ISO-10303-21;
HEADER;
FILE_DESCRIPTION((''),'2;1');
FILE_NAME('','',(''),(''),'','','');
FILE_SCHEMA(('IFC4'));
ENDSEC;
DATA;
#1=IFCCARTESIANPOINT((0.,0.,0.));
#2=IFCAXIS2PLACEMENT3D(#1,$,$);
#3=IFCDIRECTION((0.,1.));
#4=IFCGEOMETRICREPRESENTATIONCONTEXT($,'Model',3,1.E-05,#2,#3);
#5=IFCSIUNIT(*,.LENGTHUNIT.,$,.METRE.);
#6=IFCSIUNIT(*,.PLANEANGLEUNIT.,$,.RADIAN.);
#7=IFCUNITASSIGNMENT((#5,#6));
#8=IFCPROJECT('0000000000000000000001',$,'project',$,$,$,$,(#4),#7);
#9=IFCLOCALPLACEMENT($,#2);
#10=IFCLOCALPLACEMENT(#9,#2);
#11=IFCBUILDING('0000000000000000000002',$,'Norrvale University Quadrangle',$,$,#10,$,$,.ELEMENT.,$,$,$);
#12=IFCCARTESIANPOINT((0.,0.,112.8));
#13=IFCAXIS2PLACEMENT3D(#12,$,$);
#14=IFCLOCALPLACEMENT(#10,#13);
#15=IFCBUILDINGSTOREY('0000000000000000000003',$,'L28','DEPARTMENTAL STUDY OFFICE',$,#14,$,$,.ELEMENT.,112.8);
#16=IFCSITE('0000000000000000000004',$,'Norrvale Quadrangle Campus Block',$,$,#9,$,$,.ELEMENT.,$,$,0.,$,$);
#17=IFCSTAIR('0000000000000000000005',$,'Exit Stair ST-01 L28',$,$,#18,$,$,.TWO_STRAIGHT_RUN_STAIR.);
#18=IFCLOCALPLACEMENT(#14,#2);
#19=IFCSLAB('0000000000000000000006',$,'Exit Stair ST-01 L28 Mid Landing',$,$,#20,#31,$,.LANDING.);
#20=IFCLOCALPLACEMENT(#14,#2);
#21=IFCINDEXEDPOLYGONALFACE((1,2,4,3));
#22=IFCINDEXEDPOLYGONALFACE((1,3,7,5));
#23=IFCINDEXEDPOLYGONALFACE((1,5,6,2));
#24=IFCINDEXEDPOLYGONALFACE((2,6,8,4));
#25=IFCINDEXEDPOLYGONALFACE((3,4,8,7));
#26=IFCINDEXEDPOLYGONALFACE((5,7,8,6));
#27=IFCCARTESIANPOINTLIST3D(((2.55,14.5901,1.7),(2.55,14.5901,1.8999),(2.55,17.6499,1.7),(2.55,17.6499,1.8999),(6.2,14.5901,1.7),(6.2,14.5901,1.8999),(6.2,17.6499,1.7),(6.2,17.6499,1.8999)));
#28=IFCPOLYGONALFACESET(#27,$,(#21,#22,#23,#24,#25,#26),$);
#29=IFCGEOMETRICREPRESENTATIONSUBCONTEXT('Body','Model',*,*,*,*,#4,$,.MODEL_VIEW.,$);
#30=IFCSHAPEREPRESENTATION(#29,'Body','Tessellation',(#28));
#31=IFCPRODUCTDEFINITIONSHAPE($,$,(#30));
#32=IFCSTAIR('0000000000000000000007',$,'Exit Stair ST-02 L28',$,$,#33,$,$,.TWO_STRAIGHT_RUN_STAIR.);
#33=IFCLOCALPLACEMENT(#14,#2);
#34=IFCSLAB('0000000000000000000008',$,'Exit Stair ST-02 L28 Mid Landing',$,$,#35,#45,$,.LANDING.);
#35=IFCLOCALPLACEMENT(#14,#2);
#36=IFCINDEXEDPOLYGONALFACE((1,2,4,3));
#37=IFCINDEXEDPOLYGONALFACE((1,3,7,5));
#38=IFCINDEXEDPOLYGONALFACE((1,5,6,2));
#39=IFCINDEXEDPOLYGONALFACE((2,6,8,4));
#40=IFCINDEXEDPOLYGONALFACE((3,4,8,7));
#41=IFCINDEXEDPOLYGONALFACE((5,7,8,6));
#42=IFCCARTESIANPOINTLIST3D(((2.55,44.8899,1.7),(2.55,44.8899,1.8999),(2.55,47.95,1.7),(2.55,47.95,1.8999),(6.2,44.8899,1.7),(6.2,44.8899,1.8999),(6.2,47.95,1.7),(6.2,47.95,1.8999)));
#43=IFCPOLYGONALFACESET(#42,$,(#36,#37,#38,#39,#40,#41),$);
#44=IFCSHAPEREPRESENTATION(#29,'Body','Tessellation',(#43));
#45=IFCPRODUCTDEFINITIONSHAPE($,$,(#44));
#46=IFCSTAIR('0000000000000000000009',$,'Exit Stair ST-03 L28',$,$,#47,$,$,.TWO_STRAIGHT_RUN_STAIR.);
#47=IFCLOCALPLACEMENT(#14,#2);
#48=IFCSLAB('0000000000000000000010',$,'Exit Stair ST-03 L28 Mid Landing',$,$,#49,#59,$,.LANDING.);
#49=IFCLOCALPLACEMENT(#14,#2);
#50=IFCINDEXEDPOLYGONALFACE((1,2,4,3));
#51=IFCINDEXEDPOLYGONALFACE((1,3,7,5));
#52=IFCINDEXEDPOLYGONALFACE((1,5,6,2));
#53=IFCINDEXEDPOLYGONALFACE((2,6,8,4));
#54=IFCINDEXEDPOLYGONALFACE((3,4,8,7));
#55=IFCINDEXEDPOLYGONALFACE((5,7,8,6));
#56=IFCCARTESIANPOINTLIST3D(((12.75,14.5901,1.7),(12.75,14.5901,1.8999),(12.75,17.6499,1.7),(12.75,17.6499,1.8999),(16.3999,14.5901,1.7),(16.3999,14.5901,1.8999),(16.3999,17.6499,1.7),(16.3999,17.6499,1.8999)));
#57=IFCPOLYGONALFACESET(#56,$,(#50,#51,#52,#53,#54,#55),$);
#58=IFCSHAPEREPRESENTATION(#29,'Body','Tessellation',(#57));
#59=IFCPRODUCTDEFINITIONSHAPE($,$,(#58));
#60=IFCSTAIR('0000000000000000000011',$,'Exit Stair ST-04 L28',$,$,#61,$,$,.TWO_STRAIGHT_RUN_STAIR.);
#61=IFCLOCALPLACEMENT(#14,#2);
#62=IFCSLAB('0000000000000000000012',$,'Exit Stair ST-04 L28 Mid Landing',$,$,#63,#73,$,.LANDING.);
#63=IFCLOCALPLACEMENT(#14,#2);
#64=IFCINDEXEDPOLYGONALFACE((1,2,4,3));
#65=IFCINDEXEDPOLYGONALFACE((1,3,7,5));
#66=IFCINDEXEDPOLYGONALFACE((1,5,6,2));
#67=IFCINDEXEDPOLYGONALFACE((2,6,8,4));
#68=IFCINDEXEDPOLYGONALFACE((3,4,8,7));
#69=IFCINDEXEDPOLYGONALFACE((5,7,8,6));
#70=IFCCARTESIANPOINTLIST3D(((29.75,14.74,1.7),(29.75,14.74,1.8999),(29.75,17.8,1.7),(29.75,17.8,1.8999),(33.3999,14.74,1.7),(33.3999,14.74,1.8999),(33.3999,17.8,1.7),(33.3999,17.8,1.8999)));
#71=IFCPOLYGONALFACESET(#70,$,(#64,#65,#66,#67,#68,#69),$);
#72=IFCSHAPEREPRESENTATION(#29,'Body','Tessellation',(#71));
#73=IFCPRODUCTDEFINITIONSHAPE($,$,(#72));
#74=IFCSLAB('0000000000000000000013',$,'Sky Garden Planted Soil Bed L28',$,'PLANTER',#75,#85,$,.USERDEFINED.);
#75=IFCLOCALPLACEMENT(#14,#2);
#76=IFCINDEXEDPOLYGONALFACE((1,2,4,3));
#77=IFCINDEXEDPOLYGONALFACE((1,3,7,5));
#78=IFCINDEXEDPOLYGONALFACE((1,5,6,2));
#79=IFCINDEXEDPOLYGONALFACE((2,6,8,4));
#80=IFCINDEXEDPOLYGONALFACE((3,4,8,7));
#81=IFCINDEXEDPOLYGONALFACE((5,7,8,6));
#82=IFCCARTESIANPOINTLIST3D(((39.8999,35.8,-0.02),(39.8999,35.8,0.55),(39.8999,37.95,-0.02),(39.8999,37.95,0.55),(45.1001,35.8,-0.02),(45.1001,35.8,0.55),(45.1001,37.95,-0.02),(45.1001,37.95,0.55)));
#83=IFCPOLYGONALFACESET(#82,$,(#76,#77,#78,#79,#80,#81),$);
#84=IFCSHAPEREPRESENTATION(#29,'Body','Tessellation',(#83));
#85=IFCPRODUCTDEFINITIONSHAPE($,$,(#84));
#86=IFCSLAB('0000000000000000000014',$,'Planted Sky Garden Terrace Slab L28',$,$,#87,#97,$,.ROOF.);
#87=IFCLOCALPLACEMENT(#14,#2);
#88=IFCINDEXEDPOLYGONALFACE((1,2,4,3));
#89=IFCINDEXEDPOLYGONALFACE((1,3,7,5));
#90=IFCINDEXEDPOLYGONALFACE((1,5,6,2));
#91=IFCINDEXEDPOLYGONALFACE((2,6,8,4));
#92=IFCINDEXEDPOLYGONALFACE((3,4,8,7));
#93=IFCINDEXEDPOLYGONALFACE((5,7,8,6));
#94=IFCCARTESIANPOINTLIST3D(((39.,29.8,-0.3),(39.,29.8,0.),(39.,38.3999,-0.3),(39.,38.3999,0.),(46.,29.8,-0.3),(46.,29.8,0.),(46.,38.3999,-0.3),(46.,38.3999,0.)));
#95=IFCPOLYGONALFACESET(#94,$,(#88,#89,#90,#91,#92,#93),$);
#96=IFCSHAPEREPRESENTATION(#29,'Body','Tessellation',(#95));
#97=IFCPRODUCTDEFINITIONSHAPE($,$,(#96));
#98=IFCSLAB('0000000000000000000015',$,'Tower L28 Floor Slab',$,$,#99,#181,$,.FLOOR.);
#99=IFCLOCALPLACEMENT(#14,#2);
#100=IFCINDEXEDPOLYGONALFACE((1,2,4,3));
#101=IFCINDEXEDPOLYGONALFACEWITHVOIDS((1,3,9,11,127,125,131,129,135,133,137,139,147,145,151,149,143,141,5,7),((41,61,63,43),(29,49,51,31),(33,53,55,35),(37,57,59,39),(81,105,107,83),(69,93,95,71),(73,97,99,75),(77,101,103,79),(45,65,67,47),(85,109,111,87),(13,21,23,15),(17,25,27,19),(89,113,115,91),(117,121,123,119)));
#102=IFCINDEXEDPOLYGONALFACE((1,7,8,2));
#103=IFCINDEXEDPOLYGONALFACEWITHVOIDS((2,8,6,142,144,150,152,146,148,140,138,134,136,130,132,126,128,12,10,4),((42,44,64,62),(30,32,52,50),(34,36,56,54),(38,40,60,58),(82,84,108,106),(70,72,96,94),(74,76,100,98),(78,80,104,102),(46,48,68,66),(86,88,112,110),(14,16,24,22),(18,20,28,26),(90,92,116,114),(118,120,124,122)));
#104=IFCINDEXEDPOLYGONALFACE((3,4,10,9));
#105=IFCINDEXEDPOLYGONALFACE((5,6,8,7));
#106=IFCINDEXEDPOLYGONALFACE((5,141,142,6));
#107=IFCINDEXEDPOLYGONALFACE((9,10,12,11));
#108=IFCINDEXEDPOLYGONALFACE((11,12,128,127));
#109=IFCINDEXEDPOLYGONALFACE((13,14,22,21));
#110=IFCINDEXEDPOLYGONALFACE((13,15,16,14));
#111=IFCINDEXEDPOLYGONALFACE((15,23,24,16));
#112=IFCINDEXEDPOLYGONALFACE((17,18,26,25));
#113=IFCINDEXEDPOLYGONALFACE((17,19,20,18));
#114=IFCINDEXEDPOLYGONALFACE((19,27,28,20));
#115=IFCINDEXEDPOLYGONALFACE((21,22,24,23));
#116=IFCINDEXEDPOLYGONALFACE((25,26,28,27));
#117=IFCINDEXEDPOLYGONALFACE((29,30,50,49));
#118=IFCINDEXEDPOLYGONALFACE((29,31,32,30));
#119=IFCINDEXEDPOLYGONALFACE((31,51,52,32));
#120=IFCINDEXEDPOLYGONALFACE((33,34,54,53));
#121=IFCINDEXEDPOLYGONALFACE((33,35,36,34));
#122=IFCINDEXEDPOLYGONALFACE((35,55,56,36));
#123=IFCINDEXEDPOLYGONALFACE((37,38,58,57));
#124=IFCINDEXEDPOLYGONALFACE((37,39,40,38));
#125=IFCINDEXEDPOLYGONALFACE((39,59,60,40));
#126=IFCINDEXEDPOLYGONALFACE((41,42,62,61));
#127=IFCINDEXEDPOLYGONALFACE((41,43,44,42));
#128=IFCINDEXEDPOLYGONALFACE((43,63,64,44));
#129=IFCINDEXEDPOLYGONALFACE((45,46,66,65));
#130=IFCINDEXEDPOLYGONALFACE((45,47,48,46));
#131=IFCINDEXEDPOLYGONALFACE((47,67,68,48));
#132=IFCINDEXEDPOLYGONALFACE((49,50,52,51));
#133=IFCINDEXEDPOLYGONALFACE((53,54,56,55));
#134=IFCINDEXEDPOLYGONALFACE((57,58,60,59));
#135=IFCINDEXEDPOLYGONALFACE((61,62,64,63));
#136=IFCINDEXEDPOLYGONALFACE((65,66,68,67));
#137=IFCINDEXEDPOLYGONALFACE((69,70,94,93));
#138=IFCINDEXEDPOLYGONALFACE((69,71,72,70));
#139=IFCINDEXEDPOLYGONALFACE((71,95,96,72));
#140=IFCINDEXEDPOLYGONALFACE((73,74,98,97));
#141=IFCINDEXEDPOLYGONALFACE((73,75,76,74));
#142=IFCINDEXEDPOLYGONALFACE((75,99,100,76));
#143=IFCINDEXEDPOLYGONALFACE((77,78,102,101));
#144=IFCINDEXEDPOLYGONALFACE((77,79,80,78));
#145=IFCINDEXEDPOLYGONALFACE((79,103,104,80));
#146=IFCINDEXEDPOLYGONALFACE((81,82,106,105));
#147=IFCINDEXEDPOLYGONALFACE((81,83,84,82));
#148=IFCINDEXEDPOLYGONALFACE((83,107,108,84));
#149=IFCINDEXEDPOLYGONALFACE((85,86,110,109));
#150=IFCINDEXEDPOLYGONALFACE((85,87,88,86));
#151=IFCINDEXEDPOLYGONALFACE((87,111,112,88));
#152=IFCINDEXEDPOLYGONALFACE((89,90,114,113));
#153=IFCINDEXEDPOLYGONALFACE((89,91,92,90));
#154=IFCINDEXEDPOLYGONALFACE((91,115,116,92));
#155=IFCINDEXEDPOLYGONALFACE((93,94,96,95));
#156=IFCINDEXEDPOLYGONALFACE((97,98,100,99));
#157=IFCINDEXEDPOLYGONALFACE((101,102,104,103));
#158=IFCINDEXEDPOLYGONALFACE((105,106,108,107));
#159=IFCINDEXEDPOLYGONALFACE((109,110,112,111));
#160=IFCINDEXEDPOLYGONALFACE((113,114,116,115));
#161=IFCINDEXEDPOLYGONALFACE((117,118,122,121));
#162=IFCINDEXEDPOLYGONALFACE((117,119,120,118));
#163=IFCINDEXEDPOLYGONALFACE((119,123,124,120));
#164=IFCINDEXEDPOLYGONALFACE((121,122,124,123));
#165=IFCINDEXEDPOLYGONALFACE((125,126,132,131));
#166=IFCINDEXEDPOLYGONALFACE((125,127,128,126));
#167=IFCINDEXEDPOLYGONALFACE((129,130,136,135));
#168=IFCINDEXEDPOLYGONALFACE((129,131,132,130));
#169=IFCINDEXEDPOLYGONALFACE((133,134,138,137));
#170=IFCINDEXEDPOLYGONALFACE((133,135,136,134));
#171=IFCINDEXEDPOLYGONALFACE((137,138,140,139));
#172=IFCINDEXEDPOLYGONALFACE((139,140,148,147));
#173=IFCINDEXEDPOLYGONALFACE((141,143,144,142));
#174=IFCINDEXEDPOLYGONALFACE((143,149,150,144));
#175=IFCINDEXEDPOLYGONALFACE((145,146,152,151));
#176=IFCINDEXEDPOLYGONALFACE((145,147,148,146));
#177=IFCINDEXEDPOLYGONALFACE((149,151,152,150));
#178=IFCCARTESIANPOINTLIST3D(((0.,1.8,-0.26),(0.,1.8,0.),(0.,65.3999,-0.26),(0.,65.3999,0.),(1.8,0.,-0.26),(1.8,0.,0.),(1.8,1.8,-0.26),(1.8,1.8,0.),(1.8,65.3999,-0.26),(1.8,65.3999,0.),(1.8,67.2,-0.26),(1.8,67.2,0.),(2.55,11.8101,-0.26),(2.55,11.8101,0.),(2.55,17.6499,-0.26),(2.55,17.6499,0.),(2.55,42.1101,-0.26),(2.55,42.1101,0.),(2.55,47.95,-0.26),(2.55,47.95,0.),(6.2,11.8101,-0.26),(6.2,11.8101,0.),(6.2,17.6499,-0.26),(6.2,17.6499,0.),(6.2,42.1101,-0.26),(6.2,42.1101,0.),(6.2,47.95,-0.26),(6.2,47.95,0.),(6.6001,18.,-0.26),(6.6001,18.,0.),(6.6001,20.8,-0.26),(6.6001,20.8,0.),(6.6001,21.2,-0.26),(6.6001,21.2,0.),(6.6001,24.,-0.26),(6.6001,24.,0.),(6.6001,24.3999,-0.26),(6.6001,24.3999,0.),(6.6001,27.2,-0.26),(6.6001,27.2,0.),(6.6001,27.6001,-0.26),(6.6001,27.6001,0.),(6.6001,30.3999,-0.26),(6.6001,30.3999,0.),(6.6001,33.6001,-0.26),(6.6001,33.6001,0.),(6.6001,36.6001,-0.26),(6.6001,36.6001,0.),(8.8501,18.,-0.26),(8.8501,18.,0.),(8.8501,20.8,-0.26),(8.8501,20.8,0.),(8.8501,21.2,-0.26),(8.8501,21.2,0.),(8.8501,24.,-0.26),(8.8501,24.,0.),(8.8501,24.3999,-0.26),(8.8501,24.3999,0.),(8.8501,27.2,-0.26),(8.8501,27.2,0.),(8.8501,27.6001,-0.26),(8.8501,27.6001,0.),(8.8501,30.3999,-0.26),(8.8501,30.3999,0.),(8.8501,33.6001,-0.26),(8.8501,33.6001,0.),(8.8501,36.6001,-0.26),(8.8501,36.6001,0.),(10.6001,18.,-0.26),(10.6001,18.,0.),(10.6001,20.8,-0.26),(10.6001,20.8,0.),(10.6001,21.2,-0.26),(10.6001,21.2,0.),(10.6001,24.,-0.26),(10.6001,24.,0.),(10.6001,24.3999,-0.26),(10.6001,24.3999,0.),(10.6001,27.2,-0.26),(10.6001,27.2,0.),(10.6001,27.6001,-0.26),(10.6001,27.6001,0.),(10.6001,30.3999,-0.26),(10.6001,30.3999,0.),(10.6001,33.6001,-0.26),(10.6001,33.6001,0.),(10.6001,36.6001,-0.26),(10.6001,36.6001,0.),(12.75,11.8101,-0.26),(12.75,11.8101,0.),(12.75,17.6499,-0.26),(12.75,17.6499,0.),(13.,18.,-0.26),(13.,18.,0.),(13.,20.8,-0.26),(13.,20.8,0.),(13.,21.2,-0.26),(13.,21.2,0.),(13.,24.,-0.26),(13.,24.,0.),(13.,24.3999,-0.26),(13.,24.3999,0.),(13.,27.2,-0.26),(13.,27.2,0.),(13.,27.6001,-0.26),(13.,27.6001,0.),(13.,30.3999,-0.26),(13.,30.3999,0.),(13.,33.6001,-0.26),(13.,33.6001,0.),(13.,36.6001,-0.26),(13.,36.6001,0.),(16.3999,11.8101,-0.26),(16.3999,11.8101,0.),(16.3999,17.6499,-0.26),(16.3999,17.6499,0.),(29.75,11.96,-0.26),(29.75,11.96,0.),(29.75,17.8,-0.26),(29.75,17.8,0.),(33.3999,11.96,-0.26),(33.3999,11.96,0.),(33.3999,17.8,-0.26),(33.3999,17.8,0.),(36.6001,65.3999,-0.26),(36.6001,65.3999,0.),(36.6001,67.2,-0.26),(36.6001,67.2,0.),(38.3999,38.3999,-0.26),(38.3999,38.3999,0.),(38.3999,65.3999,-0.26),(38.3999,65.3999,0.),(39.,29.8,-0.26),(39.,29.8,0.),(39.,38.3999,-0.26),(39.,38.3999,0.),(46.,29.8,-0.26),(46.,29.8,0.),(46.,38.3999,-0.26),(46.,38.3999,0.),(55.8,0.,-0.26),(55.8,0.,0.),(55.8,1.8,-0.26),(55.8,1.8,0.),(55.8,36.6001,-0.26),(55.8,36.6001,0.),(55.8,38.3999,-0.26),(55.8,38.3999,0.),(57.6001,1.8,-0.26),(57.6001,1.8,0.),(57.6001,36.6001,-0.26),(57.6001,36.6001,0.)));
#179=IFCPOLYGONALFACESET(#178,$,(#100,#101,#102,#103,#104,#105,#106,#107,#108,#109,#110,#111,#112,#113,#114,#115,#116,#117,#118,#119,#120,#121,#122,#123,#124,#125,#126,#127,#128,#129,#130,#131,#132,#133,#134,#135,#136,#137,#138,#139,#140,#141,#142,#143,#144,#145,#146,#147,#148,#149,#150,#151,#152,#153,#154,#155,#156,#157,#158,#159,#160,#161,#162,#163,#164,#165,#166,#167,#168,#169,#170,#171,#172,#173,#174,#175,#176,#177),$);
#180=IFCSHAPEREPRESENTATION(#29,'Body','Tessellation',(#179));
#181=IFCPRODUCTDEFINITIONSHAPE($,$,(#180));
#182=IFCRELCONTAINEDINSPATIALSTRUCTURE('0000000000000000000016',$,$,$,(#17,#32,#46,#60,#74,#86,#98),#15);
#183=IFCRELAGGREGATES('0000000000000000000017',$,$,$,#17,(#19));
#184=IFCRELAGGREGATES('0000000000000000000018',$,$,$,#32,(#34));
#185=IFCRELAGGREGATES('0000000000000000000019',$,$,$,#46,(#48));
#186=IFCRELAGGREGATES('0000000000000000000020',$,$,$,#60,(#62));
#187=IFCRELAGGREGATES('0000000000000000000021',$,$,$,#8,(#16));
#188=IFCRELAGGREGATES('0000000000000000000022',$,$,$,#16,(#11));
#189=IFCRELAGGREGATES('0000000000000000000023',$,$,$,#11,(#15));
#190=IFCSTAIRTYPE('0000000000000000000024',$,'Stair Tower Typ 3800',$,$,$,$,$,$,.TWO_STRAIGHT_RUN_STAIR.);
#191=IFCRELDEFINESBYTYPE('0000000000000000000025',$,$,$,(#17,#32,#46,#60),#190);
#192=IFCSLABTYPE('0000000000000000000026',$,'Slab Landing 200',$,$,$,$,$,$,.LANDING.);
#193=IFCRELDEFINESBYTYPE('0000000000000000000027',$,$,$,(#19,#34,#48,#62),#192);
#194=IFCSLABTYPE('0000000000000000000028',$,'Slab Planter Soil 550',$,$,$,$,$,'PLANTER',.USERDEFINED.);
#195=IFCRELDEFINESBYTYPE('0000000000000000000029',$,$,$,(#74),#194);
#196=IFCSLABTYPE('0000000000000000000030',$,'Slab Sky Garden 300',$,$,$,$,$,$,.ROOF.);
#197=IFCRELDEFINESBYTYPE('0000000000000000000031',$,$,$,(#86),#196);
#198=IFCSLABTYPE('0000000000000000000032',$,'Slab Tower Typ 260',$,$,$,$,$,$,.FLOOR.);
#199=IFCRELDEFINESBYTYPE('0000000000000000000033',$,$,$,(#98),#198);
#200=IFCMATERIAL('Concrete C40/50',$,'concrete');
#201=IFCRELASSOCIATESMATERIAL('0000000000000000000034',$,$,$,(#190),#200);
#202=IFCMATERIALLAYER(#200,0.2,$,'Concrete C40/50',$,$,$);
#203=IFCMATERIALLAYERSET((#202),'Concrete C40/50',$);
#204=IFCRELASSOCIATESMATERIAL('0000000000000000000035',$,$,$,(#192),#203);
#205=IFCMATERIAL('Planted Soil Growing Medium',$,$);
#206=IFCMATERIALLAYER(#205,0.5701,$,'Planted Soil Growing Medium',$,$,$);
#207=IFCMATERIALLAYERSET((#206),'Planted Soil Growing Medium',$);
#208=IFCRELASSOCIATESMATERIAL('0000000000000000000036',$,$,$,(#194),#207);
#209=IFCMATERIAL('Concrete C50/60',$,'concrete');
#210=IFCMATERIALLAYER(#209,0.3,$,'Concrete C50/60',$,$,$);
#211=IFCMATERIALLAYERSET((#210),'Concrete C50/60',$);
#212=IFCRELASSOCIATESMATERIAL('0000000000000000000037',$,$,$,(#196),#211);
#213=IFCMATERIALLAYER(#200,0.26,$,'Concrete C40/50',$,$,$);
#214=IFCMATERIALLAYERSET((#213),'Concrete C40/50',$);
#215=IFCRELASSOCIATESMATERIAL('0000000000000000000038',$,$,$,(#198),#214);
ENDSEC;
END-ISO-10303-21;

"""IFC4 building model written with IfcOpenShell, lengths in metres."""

from ifc_helpers import new_model, si_unit, direction, frame, origin, place, context, subcontext, project, spatial, polyline, outline, extrude, material, layer, layer_set, type_object, element, aggregate, save


model = new_model("IFC4")

# Units and contexts
model_context = context("Model", 3, precision=1e-05, world=origin(), true_north=direction((0.0, 1.0)))
body_context = subcontext(model_context, "Body", "Model", "MODEL_VIEW")
ifc_project = project(units=[si_unit("LENGTHUNIT", "METRE"), si_unit("PLANEANGLEUNIT", "RADIAN")], contexts=[model_context])

# Site, building, storey
site_placement = place(None, origin())
site = spatial("IfcSite", under=ifc_project, at=site_placement, Name="Norrvale Quadrangle Campus Block", CompositionType="ELEMENT", RefElevation=0.0)
building_placement = place(site_placement, origin())
building = spatial("IfcBuilding", under=site, at=building_placement, Name="Norrvale University Quadrangle", CompositionType="ELEMENT")
storey_placement = place(building_placement, frame((0.0, 0.0, 112.8)))
storey = spatial("IfcBuildingStorey", under=building, at=storey_placement, Name="L28", Description="DEPARTMENTAL STUDY OFFICE", CompositionType="ELEMENT", Elevation=112.8)

# Stairs, slabs
ifc_material_1 = material(Name="Concrete C40/50", Category="concrete")
stair_type = type_object("IfcStairType", Name="Stair Tower Typ 3800", PredefinedType="TWO_STRAIGHT_RUN_STAIR", material=ifc_material_1)
stair_1_placement = place(storey_placement, origin())
stair_1 = element("IfcStair", 1, at=stair_1_placement, inside=storey, type_object=stair_type, Name="Exit Stair ST-01 L28", PredefinedType="TWO_STRAIGHT_RUN_STAIR")
ifc_layer_1 = layer(ifc_material_1, 0.2, Name="Concrete C40/50")
ifc_layer_set_1 = layer_set([ifc_layer_1], Name="Concrete C40/50")
slab_type_1 = type_object("IfcSlabType", Name="Slab Landing 200", PredefinedType="LANDING", material=ifc_layer_set_1)
slab_1_placement = place(storey_placement, frame((0.0, 0.0, 1.7)))
slab_1 = element("IfcSlab", 2, at=slab_1_placement, type_object=slab_type_1, Name="Exit Stair ST-01 L28 Mid Landing", PredefinedType="LANDING", context=body_context, shape_type="SweptSolid", body=[
    extrude(outline(polyline([(2.55, 14.5901), (6.2, 14.5901), (6.2, 17.6499), (2.55, 17.6499), (2.55, 14.5901)])), origin(), (0.0, 0.0, 1.0), 0.2),
])
aggregate(stair_1, [slab_1])
stair_2_placement = place(storey_placement, origin())
stair_2 = element("IfcStair", 3, at=stair_2_placement, inside=storey, type_object=stair_type, Name="Exit Stair ST-02 L28", PredefinedType="TWO_STRAIGHT_RUN_STAIR")
slab_2_placement = place(storey_placement, frame((0.0, 0.0, 1.7)))
slab_2 = element("IfcSlab", 4, at=slab_2_placement, type_object=slab_type_1, Name="Exit Stair ST-02 L28 Mid Landing", PredefinedType="LANDING", context=body_context, shape_type="SweptSolid", body=[
    extrude(outline(polyline([(2.55, 44.8899), (6.2, 44.8899), (6.2, 47.95), (2.55, 47.95), (2.55, 44.8899)])), origin(), (0.0, 0.0, 1.0), 0.2),
])
aggregate(stair_2, [slab_2])
stair_3_placement = place(storey_placement, origin())
stair_3 = element("IfcStair", 5, at=stair_3_placement, inside=storey, type_object=stair_type, Name="Exit Stair ST-03 L28", PredefinedType="TWO_STRAIGHT_RUN_STAIR")
slab_3_placement = place(storey_placement, frame((0.0, 0.0, 1.7)))
slab_3 = element("IfcSlab", 6, at=slab_3_placement, type_object=slab_type_1, Name="Exit Stair ST-03 L28 Mid Landing", PredefinedType="LANDING", context=body_context, shape_type="SweptSolid", body=[
    extrude(outline(polyline([(12.75, 14.5901), (16.3999, 14.5901), (16.3999, 17.6499), (12.75, 17.6499), (12.75, 14.5901)])), origin(), (0.0, 0.0, 1.0), 0.2),
])
aggregate(stair_3, [slab_3])
stair_4_placement = place(storey_placement, origin())
stair_4 = element("IfcStair", 7, at=stair_4_placement, inside=storey, type_object=stair_type, Name="Exit Stair ST-04 L28", PredefinedType="TWO_STRAIGHT_RUN_STAIR")
slab_4_placement = place(storey_placement, frame((0.0, 0.0, 1.7)))
slab_4 = element("IfcSlab", 8, at=slab_4_placement, type_object=slab_type_1, Name="Exit Stair ST-04 L28 Mid Landing", PredefinedType="LANDING", context=body_context, shape_type="SweptSolid", body=[
    extrude(outline(polyline([(29.75, 14.74), (33.3999, 14.74), (33.3999, 17.8), (29.75, 17.8), (29.75, 14.74)])), origin(), (0.0, 0.0, 1.0), 0.2),
])
aggregate(stair_4, [slab_4])

# Slabs
ifc_material_2 = material(Name="Planted Soil Growing Medium")
ifc_layer_2 = layer(ifc_material_2, 0.5701, Name="Planted Soil Growing Medium")
ifc_layer_set_2 = layer_set([ifc_layer_2], Name="Planted Soil Growing Medium")
slab_type_2 = type_object("IfcSlabType", Name="Slab Planter Soil 550", ElementType="PLANTER", PredefinedType="USERDEFINED", material=ifc_layer_set_2)
slab_5_placement = place(storey_placement, frame((0.0, 0.0, -0.02)))
element("IfcSlab", 9, at=slab_5_placement, inside=storey, type_object=slab_type_2, Name="Sky Garden Planted Soil Bed L28", ObjectType="PLANTER", PredefinedType="USERDEFINED", context=body_context, shape_type="SweptSolid", body=[
    extrude(outline(polyline([(39.8999, 35.8), (45.1001, 35.8), (45.1001, 37.95), (39.8999, 37.95), (39.8999, 35.8)])), origin(), (0.0, 0.0, 1.0), 0.5701),
])
ifc_material_3 = material(Name="Concrete C50/60", Category="concrete")
ifc_layer_3 = layer(ifc_material_3, 0.3, Name="Concrete C50/60")
ifc_layer_set_3 = layer_set([ifc_layer_3], Name="Concrete C50/60")
slab_type_3 = type_object("IfcSlabType", Name="Slab Sky Garden 300", PredefinedType="ROOF", material=ifc_layer_set_3)
slab_6_placement = place(storey_placement, frame((0.0, 0.0, -0.3)))
element("IfcSlab", 10, at=slab_6_placement, inside=storey, type_object=slab_type_3, Name="Planted Sky Garden Terrace Slab L28", PredefinedType="ROOF", context=body_context, shape_type="SweptSolid", body=[
    extrude(outline(polyline([(39.0, 29.8), (46.0, 29.8), (46.0, 38.3999), (39.0, 38.3999), (39.0, 29.8)])), origin(), (0.0, 0.0, 1.0), 0.3),
])
ifc_layer_4 = layer(ifc_material_1, 0.26, Name="Concrete C40/50")
ifc_layer_set_4 = layer_set([ifc_layer_4], Name="Concrete C40/50")
slab_type_4 = type_object("IfcSlabType", Name="Slab Tower Typ 260", PredefinedType="FLOOR", material=ifc_layer_set_4)
slab_7_placement = place(storey_placement, frame((0.0, 0.0, -0.26)))
element("IfcSlab", 11, at=slab_7_placement, inside=storey, type_object=slab_type_4, Name="Tower L28 Floor Slab", PredefinedType="FLOOR", context=body_context, shape_type="SweptSolid", body=[
    extrude(outline(polyline([(55.8, 38.3999), (55.8, 36.6001), (57.6001, 36.6001), (57.6001, 1.8), (55.8, 1.8), (55.8, 0.0), (1.8, 0.0), (1.8, 1.8), (0.0, 1.8), (0.0, 65.3999), (1.8, 65.3999), (1.8, 67.2), (36.6001, 67.2), (36.6001, 65.3999), (38.3999, 65.3999), (38.3999, 38.3999), (39.0, 38.3999), (39.0, 29.8), (46.0, 29.8), (46.0, 38.3999), (55.8, 38.3999)]), holes=[polyline([(2.55, 11.8101), (6.2, 11.8101), (6.2, 17.6499), (2.55, 17.6499), (2.55, 11.8101)]), polyline([(2.55, 42.1101), (6.2, 42.1101), (6.2, 47.95), (2.55, 47.95), (2.55, 42.1101)]), polyline([(12.75, 11.8101), (16.3999, 11.8101), (16.3999, 17.6499), (12.75, 17.6499), (12.75, 11.8101)]), polyline([(29.75, 11.96), (33.3999, 11.96), (33.3999, 17.8), (29.75, 17.8), (29.75, 11.96)]), polyline([(6.6001, 18.0), (8.8501, 18.0), (8.8501, 20.8), (6.6001, 20.8), (6.6001, 18.0)]), polyline([(6.6001, 21.2), (8.8501, 21.2), (8.8501, 24.0), (6.6001, 24.0), (6.6001, 21.2)]), polyline([(6.6001, 24.3999), (8.8501, 24.3999), (8.8501, 27.2), (6.6001, 27.2), (6.6001, 24.3999)]), polyline([(6.6001, 27.6001), (8.8501, 27.6001), (8.8501, 30.3999), (6.6001, 30.3999), (6.6001, 27.6001)]), polyline([(10.6001, 18.0), (13.0, 18.0), (13.0, 20.8), (10.6001, 20.8), (10.6001, 18.0)]), polyline([(10.6001, 21.2), (13.0, 21.2), (13.0, 24.0), (10.6001, 24.0), (10.6001, 21.2)]), polyline([(10.6001, 24.3999), (13.0, 24.3999), (13.0, 27.2), (10.6001, 27.2), (10.6001, 24.3999)]), polyline([(10.6001, 27.6001), (13.0, 27.6001), (13.0, 30.3999), (10.6001, 30.3999), (10.6001, 27.6001)]), polyline([(6.6001, 33.6001), (8.8501, 33.6001), (8.8501, 36.6001), (6.6001, 36.6001), (6.6001, 33.6001)]), polyline([(10.6001, 33.6001), (13.0, 33.6001), (13.0, 36.6001), (10.6001, 36.6001), (10.6001, 33.6001)])]), origin(), (0.0, 0.0, 1.0), 0.26),
])

save(model, "model.ifc")
